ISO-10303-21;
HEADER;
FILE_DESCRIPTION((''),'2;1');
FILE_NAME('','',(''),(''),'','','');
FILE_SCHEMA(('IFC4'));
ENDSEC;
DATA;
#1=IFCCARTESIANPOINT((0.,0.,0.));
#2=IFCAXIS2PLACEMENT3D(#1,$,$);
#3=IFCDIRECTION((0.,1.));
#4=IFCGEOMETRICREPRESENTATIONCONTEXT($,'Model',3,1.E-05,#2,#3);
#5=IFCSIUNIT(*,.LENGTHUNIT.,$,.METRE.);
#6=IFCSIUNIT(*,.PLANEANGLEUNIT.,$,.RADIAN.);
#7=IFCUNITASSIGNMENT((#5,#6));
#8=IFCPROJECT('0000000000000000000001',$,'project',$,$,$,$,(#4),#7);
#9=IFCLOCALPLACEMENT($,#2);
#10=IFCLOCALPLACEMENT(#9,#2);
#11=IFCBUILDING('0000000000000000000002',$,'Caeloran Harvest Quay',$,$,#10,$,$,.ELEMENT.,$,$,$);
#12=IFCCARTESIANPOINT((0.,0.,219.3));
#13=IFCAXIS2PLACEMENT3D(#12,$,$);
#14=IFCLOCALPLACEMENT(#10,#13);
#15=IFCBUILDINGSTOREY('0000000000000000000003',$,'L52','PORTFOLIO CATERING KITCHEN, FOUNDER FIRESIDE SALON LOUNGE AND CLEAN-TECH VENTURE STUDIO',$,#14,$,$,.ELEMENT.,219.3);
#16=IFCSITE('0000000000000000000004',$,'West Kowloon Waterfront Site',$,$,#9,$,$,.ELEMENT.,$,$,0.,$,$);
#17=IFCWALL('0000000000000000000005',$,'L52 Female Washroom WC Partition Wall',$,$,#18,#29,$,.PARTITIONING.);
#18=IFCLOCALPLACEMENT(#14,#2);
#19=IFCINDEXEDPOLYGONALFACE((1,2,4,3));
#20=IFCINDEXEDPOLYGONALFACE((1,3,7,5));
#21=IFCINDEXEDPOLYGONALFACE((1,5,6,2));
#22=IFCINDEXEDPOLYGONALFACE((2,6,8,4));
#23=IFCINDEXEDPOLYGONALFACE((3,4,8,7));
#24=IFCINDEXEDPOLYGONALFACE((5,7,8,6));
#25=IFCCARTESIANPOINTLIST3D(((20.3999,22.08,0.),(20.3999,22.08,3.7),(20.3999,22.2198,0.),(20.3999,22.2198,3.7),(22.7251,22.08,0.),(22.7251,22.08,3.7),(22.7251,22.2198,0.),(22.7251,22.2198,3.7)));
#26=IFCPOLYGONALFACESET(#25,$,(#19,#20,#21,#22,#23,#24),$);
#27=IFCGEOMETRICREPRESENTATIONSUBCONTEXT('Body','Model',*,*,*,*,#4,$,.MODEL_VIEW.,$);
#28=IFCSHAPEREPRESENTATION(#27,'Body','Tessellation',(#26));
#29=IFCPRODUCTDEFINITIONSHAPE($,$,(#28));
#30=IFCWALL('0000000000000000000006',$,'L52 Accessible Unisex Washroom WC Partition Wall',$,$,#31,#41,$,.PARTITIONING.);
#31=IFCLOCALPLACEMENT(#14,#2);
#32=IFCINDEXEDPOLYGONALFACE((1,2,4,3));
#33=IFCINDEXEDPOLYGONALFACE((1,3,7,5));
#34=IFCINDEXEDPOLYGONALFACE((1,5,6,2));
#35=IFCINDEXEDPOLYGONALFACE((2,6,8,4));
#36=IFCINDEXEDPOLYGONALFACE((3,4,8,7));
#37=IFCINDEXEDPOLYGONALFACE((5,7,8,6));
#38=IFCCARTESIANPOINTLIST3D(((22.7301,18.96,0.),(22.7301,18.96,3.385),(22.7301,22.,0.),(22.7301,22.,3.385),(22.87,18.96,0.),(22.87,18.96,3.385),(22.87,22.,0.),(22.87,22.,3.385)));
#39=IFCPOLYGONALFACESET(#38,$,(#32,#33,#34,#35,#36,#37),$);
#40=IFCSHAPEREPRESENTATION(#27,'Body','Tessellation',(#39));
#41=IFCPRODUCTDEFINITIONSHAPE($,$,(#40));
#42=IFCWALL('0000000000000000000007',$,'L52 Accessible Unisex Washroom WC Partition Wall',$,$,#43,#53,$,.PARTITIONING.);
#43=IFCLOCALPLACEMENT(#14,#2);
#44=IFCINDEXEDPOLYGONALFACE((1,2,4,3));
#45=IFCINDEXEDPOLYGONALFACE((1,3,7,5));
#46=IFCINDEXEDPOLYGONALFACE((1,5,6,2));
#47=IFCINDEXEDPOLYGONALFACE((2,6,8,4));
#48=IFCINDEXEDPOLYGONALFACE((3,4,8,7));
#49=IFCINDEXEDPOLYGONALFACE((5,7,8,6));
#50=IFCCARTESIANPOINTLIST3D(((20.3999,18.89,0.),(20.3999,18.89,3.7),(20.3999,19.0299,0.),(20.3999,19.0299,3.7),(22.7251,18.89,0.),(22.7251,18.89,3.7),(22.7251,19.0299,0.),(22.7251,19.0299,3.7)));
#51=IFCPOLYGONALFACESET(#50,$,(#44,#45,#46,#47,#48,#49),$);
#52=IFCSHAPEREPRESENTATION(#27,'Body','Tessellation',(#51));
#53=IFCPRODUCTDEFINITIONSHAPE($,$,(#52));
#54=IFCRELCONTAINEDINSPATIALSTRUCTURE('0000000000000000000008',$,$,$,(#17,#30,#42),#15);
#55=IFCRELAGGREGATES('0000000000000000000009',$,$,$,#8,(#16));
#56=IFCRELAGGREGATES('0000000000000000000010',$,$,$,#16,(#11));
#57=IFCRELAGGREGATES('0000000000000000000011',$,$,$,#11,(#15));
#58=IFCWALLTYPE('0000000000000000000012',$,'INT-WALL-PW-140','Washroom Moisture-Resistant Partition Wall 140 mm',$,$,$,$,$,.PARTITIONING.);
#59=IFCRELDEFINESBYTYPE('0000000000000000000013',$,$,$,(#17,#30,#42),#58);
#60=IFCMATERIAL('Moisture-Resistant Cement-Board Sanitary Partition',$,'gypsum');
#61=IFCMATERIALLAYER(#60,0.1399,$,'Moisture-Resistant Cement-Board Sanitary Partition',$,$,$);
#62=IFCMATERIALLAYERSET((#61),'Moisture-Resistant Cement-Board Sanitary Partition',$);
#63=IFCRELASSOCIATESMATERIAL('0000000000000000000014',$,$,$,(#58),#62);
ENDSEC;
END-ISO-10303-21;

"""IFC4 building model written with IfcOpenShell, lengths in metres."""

from ifc_helpers import new_model, si_unit, direction, frame, frame_2d, origin, place, context, subcontext, project, spatial, rectangle, extrude, material, layer, layer_set, type_object, element, save


model = new_model("IFC4")

# Units and contexts
model_context = context("Model", 3, precision=1e-05, world=origin(), true_north=direction((0.0, 1.0)))
body_context = subcontext(model_context, "Body", "Model", "MODEL_VIEW")
ifc_project = project(units=[si_unit("LENGTHUNIT", "METRE"), si_unit("PLANEANGLEUNIT", "RADIAN")], contexts=[model_context])

# Site, building, storey
site_placement = place(None, origin())
site = spatial("IfcSite", under=ifc_project, at=site_placement, Name="West Kowloon Waterfront Site", CompositionType="ELEMENT", RefElevation=0.0)
building_placement = place(site_placement, origin())
building = spatial("IfcBuilding", under=site, at=building_placement, Name="Caeloran Harvest Quay", CompositionType="ELEMENT")
storey_placement = place(building_placement, frame((0.0, 0.0, 219.3)))
storey = spatial("IfcBuildingStorey", under=building, at=storey_placement, Name="L52", Description="PORTFOLIO CATERING KITCHEN, FOUNDER FIRESIDE SALON LOUNGE AND CLEAN-TECH VENTURE STUDIO", CompositionType="ELEMENT", Elevation=219.3)

# Walls
ifc_material_1 = material(Name="Moisture-Resistant Cement-Board Sanitary Partition", Category="gypsum")
ifc_layer_1 = layer(ifc_material_1, 0.1399, Name="Moisture-Resistant Cement-Board Sanitary Partition")
ifc_layer_set_1 = layer_set([ifc_layer_1], Name="Moisture-Resistant Cement-Board Sanitary Partition")
wall_type_1 = type_object("IfcWallType", Name="INT-WALL-PW-140", Description="Washroom Moisture-Resistant Partition Wall 140 mm", PredefinedType="PARTITIONING", material=ifc_layer_set_1)
wall_1_placement = place(storey_placement, frame((22.7251, 22.1499, 0.0), z_axis=(0.0, 0.0, 1.0), x_axis=(-1.0, 0.0, 0.0)))
element("IfcWall", 1, at=wall_1_placement, inside=storey, type_object=wall_type_1, Name="L52 Female Washroom WC Partition Wall", PredefinedType="PARTITIONING", context=body_context, shape_type="SweptSolid", body=[
    extrude(rectangle(XDim=2.3252, YDim=0.1399, at=frame_2d((1.1626, 0.0))), origin(), (0.0, 0.0, 1.0), 3.7),
])
wall_2_placement = place(storey_placement, frame((22.8, 22.0, 0.0), z_axis=(0.0, 0.0, 1.0), x_axis=(0.0, -1.0, 0.0)))
element("IfcWall", 2, at=wall_2_placement, inside=storey, type_object=wall_type_1, Name="L52 Accessible Unisex Washroom WC Partition Wall", PredefinedType="PARTITIONING", context=body_context, shape_type="SweptSolid", body=[
    extrude(rectangle(XDim=3.04, YDim=0.1399, at=frame_2d((1.52, 0.0))), origin(), (0.0, 0.0, 1.0), 3.385),
])
wall_3_placement = place(storey_placement, frame((22.7251, 18.96, 0.0), z_axis=(0.0, 0.0, 1.0), x_axis=(-1.0, 0.0, 0.0)))
element("IfcWall", 3, at=wall_3_placement, inside=storey, type_object=wall_type_1, Name="L52 Accessible Unisex Washroom WC Partition Wall", PredefinedType="PARTITIONING", context=body_context, shape_type="SweptSolid", body=[
    extrude(rectangle(XDim=2.3252, YDim=0.1399, at=frame_2d((1.1626, 0.0))), origin(), (0.0, 0.0, 1.0), 3.7),
])

save(model, "model.ifc")
